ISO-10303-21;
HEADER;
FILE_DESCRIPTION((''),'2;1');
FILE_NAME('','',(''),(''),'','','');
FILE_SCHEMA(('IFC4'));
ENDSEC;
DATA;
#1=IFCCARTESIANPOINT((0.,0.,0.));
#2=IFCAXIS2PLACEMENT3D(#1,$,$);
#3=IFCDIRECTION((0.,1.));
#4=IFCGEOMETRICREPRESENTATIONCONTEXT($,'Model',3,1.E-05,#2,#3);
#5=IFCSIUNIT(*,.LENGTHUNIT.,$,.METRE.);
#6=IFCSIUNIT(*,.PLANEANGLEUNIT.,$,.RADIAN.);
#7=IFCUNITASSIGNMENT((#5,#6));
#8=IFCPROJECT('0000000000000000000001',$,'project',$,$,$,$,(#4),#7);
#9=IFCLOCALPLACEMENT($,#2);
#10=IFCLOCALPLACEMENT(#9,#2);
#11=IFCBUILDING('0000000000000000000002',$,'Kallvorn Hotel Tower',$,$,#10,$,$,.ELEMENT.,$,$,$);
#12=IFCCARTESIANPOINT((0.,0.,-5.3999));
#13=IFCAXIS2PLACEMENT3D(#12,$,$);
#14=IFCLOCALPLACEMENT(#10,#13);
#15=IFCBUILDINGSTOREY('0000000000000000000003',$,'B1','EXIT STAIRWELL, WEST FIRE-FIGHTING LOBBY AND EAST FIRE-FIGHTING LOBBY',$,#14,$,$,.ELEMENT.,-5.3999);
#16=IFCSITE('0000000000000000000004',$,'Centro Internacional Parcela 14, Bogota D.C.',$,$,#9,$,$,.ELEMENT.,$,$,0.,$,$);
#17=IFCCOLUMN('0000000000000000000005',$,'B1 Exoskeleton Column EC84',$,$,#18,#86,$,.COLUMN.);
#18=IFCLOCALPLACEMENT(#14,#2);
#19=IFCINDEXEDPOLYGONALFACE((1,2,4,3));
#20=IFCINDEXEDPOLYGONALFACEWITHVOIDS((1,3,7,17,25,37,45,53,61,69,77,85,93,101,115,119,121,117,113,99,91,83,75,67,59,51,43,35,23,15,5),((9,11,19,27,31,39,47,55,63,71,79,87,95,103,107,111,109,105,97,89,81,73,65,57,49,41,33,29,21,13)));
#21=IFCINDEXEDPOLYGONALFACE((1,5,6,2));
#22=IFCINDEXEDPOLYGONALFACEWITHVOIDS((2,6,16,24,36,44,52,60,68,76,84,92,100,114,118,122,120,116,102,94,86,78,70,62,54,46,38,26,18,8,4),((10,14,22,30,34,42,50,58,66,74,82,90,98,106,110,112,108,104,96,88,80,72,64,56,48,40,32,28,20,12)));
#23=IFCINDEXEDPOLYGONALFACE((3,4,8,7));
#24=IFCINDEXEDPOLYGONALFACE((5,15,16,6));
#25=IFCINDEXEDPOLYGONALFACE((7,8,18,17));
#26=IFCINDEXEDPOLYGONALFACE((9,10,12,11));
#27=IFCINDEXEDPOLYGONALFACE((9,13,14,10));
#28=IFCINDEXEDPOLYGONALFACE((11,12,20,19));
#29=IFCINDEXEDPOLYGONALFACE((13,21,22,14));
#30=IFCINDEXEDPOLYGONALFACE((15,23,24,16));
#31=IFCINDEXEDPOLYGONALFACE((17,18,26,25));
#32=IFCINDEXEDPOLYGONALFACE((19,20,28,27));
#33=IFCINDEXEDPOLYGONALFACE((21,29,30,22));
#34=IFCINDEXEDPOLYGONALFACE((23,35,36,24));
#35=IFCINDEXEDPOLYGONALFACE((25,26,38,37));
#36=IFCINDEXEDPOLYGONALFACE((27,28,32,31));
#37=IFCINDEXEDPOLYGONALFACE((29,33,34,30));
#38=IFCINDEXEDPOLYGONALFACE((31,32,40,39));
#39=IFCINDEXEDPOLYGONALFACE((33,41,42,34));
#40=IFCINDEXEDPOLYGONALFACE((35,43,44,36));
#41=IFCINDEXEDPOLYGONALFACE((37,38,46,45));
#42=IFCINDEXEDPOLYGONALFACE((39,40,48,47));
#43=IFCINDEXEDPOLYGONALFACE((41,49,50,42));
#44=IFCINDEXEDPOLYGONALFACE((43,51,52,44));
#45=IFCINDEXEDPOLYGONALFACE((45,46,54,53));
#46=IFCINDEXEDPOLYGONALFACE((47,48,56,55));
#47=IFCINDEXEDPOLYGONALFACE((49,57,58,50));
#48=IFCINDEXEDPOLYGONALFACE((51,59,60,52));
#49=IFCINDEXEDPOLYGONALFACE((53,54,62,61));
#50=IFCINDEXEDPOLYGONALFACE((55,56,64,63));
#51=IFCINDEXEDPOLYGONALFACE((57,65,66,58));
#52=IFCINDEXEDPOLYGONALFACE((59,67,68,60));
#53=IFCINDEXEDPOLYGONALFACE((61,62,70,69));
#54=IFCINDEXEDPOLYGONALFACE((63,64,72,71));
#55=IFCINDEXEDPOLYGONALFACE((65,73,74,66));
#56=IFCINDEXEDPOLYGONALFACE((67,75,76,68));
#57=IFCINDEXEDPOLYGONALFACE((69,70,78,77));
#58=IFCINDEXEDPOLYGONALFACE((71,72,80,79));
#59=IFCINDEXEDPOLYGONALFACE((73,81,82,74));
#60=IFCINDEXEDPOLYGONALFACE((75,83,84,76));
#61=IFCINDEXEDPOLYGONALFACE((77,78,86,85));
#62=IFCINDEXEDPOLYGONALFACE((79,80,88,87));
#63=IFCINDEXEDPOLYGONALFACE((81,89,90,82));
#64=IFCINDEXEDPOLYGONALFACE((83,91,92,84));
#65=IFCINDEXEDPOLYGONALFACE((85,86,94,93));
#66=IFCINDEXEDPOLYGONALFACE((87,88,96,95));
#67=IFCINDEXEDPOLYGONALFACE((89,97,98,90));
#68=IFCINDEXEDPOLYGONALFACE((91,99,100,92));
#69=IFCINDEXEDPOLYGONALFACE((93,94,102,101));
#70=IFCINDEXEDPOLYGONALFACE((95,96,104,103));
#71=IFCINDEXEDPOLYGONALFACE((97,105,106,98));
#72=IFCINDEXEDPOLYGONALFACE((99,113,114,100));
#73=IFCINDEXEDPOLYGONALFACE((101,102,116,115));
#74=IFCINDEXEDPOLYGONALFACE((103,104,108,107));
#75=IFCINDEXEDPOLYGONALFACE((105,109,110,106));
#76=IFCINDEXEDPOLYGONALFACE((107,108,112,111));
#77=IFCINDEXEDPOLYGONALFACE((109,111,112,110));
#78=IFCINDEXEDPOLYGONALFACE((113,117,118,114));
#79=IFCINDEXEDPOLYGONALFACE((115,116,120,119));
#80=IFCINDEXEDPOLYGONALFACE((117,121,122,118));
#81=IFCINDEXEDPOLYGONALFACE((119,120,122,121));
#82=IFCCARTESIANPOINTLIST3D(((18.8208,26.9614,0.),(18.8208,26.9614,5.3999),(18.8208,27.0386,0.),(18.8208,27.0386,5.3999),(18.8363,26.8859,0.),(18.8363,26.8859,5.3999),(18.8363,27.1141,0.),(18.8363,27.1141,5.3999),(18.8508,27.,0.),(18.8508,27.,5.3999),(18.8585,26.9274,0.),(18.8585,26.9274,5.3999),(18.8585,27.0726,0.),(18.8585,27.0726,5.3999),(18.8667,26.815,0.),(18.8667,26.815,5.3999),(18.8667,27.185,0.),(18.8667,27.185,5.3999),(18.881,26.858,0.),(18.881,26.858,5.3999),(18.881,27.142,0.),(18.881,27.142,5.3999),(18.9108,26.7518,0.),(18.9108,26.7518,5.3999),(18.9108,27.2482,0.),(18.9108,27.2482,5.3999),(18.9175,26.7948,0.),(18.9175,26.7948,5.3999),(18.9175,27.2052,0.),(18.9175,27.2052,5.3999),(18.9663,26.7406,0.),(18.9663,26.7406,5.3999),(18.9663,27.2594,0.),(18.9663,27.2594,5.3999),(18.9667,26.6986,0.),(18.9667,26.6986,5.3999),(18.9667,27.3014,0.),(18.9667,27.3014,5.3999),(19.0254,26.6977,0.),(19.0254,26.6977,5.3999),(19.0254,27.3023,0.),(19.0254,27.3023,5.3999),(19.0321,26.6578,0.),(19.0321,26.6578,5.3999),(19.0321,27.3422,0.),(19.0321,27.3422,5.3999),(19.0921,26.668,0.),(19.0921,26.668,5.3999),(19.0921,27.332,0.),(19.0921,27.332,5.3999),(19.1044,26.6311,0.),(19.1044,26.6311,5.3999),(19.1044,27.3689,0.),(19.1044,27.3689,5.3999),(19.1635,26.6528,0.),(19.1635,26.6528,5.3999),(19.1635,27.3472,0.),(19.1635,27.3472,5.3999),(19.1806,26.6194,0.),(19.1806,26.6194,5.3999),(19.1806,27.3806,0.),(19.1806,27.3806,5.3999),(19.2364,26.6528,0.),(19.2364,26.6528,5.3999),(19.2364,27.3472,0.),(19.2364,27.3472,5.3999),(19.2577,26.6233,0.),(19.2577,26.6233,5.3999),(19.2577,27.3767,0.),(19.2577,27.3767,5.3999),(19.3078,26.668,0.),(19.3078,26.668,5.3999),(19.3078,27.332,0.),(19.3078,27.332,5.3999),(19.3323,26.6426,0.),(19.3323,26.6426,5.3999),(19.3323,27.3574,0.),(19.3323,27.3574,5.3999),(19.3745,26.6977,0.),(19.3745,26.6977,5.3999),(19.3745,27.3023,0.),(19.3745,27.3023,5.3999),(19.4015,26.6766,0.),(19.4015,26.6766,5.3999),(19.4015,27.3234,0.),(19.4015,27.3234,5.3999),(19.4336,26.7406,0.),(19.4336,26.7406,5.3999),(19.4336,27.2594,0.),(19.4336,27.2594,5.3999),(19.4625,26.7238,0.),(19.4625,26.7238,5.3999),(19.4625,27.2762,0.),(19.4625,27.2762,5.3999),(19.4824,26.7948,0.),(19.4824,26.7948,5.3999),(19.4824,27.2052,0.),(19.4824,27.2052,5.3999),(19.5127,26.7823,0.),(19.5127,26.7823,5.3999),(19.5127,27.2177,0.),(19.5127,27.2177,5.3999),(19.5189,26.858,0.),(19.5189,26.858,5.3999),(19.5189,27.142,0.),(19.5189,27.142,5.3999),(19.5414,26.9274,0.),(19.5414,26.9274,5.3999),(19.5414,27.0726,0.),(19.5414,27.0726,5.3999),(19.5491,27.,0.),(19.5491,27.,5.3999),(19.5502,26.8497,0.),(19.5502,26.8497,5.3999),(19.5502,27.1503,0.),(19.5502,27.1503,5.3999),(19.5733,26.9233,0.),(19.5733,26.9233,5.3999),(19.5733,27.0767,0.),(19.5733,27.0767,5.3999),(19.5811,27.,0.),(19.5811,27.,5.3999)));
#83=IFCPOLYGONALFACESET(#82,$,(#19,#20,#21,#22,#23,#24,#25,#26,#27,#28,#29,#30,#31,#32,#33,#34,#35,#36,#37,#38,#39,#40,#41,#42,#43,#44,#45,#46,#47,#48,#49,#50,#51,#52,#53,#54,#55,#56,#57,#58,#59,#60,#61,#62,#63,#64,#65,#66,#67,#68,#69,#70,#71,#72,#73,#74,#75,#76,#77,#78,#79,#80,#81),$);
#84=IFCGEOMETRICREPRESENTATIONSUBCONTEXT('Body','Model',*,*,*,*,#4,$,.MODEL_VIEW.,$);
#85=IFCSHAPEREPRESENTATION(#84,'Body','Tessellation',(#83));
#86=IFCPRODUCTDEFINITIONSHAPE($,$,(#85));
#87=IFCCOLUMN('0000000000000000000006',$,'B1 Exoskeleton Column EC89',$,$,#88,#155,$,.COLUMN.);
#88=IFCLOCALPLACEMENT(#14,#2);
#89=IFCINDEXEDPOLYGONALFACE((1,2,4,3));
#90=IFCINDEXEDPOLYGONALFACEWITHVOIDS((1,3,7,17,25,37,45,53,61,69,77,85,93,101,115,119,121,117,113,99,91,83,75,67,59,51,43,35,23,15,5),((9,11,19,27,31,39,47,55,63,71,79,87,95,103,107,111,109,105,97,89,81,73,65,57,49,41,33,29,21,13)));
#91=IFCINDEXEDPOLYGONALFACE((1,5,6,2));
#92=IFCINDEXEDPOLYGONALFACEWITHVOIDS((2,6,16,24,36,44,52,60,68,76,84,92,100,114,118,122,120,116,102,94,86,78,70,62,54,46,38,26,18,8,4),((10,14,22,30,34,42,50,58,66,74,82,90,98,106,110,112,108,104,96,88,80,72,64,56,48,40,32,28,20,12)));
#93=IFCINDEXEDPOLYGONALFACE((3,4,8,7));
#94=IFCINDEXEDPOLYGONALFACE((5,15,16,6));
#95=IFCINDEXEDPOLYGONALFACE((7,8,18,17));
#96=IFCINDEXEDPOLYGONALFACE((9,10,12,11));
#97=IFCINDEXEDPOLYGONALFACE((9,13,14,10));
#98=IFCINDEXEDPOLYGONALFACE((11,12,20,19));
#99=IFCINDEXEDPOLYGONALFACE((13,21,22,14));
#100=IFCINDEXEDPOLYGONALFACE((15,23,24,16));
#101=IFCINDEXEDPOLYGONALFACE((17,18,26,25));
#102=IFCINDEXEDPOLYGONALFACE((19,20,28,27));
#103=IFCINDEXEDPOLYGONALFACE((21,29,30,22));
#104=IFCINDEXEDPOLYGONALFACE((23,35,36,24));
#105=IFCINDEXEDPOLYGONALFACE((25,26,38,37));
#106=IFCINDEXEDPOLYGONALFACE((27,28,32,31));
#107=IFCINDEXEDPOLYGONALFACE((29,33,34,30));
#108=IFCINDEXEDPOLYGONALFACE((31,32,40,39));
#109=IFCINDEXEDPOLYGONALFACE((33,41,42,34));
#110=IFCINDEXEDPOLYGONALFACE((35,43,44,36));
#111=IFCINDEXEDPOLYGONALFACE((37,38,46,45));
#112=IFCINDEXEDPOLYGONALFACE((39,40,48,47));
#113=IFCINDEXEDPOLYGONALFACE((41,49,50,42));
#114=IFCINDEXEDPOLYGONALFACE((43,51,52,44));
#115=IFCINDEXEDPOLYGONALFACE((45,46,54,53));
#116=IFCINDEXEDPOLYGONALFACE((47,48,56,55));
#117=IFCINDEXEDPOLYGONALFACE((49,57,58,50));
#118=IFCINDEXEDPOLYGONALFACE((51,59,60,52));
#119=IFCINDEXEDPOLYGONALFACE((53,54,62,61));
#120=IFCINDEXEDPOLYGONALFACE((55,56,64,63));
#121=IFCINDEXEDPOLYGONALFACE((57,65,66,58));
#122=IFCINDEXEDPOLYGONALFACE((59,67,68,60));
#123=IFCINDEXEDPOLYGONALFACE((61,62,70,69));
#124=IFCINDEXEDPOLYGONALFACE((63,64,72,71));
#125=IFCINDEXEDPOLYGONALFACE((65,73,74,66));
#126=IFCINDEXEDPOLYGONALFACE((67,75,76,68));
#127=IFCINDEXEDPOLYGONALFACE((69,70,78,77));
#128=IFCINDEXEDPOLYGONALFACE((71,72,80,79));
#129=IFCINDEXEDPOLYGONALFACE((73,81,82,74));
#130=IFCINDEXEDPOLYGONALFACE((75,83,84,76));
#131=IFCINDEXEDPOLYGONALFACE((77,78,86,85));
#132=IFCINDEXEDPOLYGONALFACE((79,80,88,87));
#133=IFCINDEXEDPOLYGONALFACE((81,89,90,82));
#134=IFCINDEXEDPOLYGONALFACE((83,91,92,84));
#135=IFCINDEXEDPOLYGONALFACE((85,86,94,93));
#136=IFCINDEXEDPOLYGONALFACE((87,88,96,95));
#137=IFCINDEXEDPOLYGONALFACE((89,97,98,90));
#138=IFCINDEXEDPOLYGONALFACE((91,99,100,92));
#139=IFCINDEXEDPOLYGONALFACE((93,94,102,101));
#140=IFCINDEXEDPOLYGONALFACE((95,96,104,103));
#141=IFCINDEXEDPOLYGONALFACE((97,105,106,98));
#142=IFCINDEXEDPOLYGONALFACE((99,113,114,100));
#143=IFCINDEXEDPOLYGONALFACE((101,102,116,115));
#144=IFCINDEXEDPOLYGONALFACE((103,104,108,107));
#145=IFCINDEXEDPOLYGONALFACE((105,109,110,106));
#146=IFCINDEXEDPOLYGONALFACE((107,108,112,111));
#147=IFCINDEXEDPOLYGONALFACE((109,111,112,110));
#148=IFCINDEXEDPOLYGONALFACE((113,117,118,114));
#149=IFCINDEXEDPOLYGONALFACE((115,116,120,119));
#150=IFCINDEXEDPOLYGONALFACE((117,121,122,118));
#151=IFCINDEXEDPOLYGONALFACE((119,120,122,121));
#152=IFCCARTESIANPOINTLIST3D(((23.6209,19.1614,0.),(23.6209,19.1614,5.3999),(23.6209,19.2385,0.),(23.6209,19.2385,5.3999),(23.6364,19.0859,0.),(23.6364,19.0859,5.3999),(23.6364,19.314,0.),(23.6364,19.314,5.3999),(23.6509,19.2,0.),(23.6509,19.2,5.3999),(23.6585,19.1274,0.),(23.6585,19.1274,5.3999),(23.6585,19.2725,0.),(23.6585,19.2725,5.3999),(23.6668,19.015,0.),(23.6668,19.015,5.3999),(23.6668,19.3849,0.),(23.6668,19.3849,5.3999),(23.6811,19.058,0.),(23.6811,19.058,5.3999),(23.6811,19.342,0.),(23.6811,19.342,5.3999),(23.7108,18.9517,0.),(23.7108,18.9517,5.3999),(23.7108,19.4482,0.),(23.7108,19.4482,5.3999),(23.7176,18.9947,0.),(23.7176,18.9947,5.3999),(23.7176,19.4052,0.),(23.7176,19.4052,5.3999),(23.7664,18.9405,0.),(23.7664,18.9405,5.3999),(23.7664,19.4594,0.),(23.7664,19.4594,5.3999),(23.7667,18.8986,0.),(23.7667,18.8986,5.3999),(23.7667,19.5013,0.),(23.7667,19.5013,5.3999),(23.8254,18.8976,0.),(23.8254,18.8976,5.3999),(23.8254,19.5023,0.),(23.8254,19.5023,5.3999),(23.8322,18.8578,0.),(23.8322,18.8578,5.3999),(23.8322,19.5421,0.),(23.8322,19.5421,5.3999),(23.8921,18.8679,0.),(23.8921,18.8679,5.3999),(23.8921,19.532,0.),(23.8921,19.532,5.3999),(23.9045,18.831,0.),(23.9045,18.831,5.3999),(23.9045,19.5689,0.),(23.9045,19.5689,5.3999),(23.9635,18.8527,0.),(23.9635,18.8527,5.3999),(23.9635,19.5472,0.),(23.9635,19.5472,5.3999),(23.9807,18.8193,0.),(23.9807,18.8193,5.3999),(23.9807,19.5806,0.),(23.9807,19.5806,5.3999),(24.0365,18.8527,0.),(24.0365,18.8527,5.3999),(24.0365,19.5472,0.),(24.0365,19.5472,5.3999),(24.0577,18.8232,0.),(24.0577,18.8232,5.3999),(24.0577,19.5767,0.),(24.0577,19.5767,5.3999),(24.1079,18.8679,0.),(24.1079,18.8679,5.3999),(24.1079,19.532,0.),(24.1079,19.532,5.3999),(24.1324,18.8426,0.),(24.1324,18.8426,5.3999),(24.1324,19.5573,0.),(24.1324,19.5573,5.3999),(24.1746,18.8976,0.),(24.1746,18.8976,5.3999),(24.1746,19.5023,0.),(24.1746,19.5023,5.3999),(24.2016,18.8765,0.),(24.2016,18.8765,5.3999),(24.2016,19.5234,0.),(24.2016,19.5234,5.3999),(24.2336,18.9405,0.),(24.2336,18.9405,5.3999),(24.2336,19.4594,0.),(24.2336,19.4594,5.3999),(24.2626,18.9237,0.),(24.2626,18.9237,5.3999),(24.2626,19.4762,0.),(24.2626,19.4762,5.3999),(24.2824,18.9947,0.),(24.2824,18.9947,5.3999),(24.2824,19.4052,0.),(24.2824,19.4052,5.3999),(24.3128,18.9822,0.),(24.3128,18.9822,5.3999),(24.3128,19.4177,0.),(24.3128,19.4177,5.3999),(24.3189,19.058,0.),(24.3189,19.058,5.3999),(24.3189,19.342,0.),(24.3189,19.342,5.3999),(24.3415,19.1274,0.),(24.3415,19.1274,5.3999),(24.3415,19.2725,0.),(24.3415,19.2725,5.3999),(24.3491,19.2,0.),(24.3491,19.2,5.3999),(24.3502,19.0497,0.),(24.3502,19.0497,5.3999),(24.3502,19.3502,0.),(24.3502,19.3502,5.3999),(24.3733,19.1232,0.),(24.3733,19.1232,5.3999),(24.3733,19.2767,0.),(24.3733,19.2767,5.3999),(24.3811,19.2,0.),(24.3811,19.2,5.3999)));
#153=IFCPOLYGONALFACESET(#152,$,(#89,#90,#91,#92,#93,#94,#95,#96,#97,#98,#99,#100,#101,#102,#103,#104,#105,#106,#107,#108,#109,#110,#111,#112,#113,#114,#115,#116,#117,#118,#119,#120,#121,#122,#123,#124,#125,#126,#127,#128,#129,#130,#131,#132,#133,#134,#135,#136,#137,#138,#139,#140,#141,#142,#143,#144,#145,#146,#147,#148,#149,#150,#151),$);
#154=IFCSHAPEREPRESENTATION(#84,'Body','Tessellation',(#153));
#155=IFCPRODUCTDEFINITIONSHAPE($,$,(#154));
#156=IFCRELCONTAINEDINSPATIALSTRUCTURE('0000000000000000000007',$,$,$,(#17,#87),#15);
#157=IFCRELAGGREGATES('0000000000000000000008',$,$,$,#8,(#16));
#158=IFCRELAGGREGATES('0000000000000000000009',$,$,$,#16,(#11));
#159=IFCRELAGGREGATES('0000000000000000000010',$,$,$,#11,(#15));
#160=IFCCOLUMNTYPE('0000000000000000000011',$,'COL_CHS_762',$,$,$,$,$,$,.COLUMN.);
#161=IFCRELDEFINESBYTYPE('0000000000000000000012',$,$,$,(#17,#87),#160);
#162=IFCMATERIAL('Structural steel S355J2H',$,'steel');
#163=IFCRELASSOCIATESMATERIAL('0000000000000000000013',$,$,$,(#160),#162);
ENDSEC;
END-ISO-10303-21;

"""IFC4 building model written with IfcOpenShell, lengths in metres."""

from ifc_helpers import new_model, si_unit, direction, frame, origin, origin_2d, place, context, subcontext, project, spatial, hollow_circle, extrude, material, material_profile, profile_set, type_object, element, save


model = new_model("IFC4")

# Units and contexts
model_context = context("Model", 3, precision=1e-05, world=origin(), true_north=direction((0.0, 1.0)))
body_context = subcontext(model_context, "Body", "Model", "MODEL_VIEW")
ifc_project = project(units=[si_unit("LENGTHUNIT", "METRE"), si_unit("PLANEANGLEUNIT", "RADIAN")], contexts=[model_context])

# Site, building, storey
site_placement = place(None, origin())
site = spatial("IfcSite", under=ifc_project, at=site_placement, Name="Centro Internacional Parcela 14, Bogota D.C.", CompositionType="ELEMENT", RefElevation=0.0)
building_placement = place(site_placement, origin())
building = spatial("IfcBuilding", under=site, at=building_placement, Name="Kallvorn Hotel Tower", CompositionType="ELEMENT")
storey_placement = place(building_placement, frame((0.0, 0.0, -5.3999)))
storey = spatial("IfcBuildingStorey", under=building, at=storey_placement, Name="B1", Description="EXIT STAIRWELL, WEST FIRE-FIGHTING LOBBY AND EAST FIRE-FIGHTING LOBBY", CompositionType="ELEMENT", Elevation=-5.3999)

# Columns
ifc_material_1 = material(Name="Structural steel S355J2H", Category="steel")
ifc_material_profile_1 = material_profile(ifc_material_1, hollow_circle(Radius=0.3811, WallThickness=0.032, at=origin_2d()), Name="CHS 762x32")
ifc_profile_set_1 = profile_set([ifc_material_profile_1], Name="Structural steel S355J2H")
column_type_1 = type_object("IfcColumnType", Name="COL_CHS_762", PredefinedType="COLUMN", material=ifc_profile_set_1)
for number, where, z_axis, x_axis, name in (
    (1, (19.2, 27.0, 0.0), (0.0, 0.0, 1.0), (1.0, 0.0, 0.0), "B1 Exoskeleton Column EC84"),
    (2, (24.0, 19.2, 0.0), (0.0, 0.0, 1.0), (1.0, 0.0, 0.0), "B1 Exoskeleton Column EC89"),
):
    element("IfcColumn", number, at=place(storey_placement, frame(where, z_axis=z_axis, x_axis=x_axis)), inside=storey, type_object=column_type_1, Name=name, PredefinedType="COLUMN", context=body_context, shape_type="SweptSolid", body=[
        extrude(hollow_circle(Radius=0.3811, WallThickness=0.032, at=origin_2d()), origin(), (0.0, 0.0, 1.0), 5.3999),
    ])

save(model, "model.ifc")
